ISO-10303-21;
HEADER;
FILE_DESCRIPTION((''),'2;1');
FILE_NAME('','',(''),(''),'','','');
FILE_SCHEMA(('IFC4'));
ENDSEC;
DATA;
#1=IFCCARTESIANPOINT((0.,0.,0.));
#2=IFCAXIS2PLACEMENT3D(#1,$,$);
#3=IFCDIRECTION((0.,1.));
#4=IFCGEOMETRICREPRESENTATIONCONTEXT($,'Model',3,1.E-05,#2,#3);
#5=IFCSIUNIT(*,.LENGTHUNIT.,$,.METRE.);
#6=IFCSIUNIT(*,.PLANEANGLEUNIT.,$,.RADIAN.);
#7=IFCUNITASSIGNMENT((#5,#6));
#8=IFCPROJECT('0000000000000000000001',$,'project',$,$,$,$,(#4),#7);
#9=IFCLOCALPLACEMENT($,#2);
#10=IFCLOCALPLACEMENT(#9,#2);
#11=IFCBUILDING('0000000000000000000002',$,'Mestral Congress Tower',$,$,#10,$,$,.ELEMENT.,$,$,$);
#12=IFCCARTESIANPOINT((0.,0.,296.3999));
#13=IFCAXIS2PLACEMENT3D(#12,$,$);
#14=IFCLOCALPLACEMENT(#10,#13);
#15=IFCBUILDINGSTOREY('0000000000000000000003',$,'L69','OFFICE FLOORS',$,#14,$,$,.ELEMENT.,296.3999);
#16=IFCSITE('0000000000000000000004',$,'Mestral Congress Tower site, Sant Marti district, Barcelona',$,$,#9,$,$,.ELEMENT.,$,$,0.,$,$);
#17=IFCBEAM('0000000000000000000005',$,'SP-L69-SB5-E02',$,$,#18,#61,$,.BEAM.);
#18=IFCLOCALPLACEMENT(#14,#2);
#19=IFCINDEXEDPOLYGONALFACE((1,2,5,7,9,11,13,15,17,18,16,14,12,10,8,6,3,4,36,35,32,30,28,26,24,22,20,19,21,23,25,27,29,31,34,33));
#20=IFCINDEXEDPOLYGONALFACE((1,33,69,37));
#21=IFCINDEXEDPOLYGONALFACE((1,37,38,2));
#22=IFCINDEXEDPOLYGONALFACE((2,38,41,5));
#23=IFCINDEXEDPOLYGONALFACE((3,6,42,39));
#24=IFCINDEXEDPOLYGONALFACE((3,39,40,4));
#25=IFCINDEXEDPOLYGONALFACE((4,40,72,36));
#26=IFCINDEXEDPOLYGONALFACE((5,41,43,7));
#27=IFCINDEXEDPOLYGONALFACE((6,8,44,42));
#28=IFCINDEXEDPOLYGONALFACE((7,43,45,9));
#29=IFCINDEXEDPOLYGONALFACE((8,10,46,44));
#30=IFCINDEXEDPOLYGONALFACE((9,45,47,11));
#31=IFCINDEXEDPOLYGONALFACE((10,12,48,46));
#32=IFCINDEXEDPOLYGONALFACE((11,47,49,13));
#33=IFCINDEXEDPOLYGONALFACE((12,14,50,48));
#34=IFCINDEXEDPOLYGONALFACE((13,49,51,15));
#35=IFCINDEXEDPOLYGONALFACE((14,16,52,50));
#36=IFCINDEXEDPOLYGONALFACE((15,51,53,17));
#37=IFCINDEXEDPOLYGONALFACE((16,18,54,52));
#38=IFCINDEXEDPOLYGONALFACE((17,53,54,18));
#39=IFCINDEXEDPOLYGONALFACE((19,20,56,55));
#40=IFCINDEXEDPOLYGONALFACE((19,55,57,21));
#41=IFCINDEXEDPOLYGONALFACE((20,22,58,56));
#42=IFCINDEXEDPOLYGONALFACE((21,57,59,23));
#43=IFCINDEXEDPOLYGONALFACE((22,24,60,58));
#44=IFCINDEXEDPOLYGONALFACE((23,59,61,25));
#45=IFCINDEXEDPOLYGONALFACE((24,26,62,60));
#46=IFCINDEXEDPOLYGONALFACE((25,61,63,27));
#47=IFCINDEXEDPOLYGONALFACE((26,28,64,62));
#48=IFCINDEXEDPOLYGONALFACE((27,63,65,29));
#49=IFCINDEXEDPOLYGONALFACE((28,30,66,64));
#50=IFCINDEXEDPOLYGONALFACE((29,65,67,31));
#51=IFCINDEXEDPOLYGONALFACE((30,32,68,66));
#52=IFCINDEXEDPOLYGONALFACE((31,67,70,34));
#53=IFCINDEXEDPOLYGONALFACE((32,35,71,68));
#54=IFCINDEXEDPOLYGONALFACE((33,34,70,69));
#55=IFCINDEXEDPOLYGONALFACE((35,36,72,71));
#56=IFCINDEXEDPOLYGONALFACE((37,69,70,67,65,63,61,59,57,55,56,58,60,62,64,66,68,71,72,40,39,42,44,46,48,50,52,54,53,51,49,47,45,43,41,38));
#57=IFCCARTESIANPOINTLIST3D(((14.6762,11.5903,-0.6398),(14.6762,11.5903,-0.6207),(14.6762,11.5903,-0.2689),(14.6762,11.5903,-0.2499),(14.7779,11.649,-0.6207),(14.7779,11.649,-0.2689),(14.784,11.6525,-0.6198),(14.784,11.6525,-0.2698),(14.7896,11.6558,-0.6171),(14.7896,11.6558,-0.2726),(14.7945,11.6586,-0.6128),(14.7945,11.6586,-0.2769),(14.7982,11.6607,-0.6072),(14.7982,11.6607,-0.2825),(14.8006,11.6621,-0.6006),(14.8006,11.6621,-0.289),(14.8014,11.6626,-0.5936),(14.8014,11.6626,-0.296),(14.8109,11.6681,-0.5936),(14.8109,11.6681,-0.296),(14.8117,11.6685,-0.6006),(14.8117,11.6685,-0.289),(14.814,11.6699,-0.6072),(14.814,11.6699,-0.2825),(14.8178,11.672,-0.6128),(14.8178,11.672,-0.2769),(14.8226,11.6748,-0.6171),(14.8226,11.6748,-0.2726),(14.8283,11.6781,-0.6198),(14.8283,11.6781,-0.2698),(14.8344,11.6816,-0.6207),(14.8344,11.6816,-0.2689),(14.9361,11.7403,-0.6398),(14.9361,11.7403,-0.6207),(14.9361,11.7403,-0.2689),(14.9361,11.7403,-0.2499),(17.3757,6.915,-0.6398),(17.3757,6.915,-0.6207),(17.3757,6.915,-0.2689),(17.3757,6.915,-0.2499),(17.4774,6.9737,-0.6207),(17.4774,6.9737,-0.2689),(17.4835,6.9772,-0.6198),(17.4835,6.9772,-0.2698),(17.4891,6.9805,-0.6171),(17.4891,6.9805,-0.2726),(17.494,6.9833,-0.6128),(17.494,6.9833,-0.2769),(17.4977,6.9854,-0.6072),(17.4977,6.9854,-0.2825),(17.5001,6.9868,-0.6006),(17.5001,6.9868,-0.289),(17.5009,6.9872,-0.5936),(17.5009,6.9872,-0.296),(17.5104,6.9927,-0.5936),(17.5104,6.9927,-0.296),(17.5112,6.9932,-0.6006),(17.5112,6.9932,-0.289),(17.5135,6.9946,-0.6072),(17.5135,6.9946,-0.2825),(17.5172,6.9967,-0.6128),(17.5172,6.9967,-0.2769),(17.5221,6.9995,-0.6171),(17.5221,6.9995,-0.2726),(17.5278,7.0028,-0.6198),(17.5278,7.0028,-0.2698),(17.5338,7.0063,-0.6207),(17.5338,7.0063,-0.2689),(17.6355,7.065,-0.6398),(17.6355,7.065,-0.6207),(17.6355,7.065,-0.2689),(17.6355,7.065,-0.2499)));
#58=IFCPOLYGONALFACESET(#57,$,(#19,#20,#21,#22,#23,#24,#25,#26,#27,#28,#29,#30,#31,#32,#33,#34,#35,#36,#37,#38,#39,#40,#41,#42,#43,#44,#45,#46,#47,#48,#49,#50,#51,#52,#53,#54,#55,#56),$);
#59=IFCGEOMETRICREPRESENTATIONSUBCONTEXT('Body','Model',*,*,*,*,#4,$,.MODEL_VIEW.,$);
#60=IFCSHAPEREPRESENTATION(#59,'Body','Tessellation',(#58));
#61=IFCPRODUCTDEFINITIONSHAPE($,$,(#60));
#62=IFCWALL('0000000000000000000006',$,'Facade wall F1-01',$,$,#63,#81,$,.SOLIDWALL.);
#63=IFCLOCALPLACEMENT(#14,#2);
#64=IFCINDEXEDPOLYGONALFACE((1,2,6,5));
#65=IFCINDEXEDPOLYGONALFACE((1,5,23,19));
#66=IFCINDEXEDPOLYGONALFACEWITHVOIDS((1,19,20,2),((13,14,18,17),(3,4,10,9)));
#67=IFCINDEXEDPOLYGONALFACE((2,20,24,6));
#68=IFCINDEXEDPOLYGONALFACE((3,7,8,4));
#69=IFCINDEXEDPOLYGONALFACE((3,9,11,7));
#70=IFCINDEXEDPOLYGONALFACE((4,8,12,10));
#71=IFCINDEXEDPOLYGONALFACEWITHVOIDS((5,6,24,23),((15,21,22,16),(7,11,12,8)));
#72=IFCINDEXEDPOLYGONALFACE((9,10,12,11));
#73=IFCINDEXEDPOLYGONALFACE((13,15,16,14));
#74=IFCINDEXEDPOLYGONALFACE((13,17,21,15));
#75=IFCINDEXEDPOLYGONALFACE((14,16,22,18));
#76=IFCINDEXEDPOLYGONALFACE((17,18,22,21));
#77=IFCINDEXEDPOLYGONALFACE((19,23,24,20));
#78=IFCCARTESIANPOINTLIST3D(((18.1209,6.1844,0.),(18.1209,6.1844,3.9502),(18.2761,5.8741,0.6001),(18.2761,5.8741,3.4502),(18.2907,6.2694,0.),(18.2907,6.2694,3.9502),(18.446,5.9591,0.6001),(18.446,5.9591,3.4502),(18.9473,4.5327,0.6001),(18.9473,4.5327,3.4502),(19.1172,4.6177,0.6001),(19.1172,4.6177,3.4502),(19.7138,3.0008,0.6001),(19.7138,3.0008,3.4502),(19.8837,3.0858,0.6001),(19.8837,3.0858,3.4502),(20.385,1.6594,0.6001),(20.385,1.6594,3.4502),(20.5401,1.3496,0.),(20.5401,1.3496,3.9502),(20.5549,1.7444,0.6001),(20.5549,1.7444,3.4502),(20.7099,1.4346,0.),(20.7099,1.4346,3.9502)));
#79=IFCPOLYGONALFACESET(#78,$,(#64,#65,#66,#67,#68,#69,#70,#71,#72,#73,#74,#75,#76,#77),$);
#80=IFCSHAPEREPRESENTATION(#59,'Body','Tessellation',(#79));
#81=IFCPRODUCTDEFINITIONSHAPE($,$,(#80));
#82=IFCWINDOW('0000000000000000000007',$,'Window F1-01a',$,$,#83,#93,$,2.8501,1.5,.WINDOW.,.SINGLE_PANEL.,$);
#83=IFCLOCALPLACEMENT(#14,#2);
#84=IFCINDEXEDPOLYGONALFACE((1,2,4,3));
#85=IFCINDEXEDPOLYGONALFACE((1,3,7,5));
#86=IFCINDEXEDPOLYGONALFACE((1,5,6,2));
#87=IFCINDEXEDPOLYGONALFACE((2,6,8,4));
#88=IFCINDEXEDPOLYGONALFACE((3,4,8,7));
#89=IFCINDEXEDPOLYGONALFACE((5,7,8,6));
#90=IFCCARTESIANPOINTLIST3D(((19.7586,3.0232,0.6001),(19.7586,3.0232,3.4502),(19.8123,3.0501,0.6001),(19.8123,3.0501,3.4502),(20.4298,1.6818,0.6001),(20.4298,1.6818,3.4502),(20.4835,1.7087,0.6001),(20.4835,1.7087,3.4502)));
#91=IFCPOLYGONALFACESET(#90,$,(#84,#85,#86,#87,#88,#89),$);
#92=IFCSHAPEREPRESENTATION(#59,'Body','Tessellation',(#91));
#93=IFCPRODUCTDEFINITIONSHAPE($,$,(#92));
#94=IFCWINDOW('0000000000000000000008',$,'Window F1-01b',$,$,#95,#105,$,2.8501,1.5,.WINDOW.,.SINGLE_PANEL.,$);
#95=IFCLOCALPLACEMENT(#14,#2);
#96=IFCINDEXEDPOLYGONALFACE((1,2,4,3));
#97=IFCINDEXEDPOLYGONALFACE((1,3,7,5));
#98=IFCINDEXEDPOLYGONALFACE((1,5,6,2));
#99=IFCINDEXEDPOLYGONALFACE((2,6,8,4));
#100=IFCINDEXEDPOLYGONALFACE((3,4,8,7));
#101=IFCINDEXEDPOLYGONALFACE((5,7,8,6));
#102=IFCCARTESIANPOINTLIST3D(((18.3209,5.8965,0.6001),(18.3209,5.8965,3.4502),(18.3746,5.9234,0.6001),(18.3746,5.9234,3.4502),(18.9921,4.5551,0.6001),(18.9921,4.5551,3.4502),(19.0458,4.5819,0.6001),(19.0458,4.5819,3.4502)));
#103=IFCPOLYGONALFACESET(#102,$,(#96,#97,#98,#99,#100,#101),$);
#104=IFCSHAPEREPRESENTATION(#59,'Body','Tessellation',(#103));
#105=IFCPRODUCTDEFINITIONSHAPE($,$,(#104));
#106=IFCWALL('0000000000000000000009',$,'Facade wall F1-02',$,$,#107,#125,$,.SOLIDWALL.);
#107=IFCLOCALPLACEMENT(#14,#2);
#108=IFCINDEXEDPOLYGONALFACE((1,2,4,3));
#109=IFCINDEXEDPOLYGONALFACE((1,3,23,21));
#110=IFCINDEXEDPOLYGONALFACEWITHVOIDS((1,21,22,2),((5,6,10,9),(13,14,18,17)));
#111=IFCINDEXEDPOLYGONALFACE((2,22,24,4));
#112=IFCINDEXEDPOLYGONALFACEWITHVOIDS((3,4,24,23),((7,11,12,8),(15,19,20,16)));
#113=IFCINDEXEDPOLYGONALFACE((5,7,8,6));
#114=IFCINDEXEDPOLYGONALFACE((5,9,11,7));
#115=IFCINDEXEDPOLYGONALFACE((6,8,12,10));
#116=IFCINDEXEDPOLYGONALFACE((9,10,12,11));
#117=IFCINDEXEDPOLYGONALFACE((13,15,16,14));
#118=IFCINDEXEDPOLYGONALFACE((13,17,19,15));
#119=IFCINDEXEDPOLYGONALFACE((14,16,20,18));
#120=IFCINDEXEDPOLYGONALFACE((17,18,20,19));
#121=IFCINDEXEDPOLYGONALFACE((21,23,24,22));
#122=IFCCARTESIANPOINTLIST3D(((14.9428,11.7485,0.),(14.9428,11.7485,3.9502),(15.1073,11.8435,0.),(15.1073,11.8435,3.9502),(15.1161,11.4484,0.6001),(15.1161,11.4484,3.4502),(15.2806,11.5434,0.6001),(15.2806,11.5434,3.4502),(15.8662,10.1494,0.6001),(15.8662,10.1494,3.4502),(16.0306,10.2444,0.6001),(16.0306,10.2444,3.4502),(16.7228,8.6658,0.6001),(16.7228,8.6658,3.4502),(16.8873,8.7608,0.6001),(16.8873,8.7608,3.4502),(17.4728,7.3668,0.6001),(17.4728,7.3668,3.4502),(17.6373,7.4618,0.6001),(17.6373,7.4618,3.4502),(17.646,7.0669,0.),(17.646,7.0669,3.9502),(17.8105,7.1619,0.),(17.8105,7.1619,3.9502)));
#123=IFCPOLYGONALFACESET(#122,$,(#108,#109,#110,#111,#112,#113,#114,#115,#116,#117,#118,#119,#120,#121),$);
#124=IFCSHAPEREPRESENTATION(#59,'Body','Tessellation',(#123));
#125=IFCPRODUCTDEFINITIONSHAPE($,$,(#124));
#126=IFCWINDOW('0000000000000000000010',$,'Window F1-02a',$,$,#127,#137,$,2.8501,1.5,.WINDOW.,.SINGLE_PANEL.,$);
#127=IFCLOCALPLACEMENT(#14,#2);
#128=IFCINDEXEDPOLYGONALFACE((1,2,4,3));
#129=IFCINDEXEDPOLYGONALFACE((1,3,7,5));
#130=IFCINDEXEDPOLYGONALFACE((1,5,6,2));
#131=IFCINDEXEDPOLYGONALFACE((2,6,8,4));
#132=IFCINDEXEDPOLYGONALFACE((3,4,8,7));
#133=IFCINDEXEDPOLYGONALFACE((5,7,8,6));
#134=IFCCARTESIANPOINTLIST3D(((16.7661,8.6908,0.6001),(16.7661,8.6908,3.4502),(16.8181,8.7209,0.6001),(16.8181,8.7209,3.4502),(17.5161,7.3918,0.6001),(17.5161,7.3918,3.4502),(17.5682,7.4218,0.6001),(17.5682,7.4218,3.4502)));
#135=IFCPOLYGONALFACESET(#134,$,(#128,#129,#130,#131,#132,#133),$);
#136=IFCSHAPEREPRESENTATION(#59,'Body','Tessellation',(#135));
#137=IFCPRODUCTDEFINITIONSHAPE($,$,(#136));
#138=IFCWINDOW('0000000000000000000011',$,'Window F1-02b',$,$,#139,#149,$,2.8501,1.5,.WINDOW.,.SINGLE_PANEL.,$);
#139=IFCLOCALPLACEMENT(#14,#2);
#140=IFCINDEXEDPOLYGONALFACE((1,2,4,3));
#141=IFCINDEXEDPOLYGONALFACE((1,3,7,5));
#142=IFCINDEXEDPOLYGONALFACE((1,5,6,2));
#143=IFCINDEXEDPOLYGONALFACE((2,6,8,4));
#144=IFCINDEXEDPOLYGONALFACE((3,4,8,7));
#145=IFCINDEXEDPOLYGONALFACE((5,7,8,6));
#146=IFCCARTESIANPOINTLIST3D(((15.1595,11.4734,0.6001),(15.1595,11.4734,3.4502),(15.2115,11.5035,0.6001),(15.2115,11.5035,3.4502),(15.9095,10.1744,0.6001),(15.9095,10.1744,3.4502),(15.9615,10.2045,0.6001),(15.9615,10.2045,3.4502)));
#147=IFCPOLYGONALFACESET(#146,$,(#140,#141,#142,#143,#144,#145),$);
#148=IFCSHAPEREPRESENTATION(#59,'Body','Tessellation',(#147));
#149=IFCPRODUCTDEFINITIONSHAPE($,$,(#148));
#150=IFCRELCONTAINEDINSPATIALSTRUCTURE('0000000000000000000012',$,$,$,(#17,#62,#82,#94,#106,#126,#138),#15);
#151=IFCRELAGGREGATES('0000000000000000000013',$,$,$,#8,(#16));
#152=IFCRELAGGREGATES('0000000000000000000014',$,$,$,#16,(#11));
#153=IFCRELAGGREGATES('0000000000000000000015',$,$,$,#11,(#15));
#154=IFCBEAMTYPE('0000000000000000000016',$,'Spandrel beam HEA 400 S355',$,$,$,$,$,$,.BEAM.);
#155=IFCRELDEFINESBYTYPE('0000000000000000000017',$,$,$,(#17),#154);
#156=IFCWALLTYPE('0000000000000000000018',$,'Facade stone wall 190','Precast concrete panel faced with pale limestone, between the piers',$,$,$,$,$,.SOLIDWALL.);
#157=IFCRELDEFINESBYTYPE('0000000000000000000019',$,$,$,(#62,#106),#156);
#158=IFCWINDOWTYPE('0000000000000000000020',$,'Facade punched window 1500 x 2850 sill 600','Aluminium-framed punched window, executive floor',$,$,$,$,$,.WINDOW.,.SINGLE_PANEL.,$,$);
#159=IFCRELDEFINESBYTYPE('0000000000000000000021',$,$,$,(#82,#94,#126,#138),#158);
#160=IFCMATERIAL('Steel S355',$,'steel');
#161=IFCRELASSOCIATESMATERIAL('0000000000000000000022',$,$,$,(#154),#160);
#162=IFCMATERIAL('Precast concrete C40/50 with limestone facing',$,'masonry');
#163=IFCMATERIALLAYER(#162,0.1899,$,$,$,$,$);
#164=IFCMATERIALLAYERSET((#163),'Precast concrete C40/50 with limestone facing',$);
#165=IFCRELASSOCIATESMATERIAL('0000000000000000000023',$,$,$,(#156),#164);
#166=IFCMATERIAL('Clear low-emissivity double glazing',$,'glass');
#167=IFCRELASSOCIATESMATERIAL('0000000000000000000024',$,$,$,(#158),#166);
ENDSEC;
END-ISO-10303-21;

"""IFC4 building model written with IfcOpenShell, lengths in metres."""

from ifc_helpers import new_model, si_unit, direction, frame, frame_2d, origin, origin_2d, place, context, subcontext, project, spatial, rectangle, i_section, extrude, material, layer, layer_set, material_profile, profile_set, type_object, element, fill, save


model = new_model("IFC4")

# Units and contexts
model_context = context("Model", 3, precision=1e-05, world=origin(), true_north=direction((0.0, 1.0)))
body_context = subcontext(model_context, "Body", "Model", "MODEL_VIEW")
ifc_project = project(units=[si_unit("LENGTHUNIT", "METRE"), si_unit("PLANEANGLEUNIT", "RADIAN")], contexts=[model_context])

# Site, building, storey
site_placement = place(None, origin())
site = spatial("IfcSite", under=ifc_project, at=site_placement, Name="Mestral Congress Tower site, Sant Marti district, Barcelona", CompositionType="ELEMENT", RefElevation=0.0)
building_placement = place(site_placement, origin())
building = spatial("IfcBuilding", under=site, at=building_placement, Name="Mestral Congress Tower", CompositionType="ELEMENT")
storey_placement = place(building_placement, frame((0.0, 0.0, 296.3999)))
storey = spatial("IfcBuildingStorey", under=building, at=storey_placement, Name="L69", Description="OFFICE FLOORS", CompositionType="ELEMENT", Elevation=296.3999)

# Beam
ifc_material_1 = material(Name="Steel S355", Category="steel")
ifc_material_profile_1 = material_profile(ifc_material_1, i_section(OverallWidth=0.3, OverallDepth=0.3899, WebThickness=0.011, FlangeThickness=0.019, FilletRadius=0.0271, at=origin_2d()), Name="HEA 400")
ifc_profile_set_1 = profile_set([ifc_material_profile_1], Name="Steel S355")
beam_type_1 = type_object("IfcBeamType", Name="Spandrel beam HEA 400 S355", PredefinedType="BEAM", material=ifc_profile_set_1)
beam_1_placement = place(storey_placement, frame((17.5056, 6.99, -0.4448), z_axis=(-0.500025, 0.866011, 0.0), x_axis=(-0.866011, -0.500025, 0.0)))
element("IfcBeam", 1, at=beam_1_placement, inside=storey, type_object=beam_type_1, Name="SP-L69-SB5-E02", PredefinedType="BEAM", context=body_context, shape_type="SweptSolid", body=[
    extrude(i_section(OverallWidth=0.3, OverallDepth=0.3899, WebThickness=0.011, FlangeThickness=0.019, FilletRadius=0.0271, at=origin_2d()), origin(), (0.0, 0.0, 1.0), 5.3987),
])

# Walls, openings, windows
ifc_material_2 = material(Name="Precast concrete C40/50 with limestone facing", Category="masonry")
ifc_layer_1 = layer(ifc_material_2, 0.1899)
ifc_layer_set_1 = layer_set([ifc_layer_1], Name="Precast concrete C40/50 with limestone facing")
wall_type_1 = type_object("IfcWallType", Name="Facade stone wall 190", Description="Precast concrete panel faced with pale limestone, between the piers", PredefinedType="SOLIDWALL", material=ifc_layer_set_1)
wall_1_placement = place(storey_placement, frame((20.625, 1.3921, 0.0), z_axis=(0.0, 0.0, 1.0), x_axis=(-0.447485, 0.894292, 0.0)))
wall_1 = element("IfcWall", 2, at=wall_1_placement, inside=storey, type_object=wall_type_1, Name="Facade wall F1-01", PredefinedType="SOLIDWALL", context=body_context, shape_type="SweptSolid", body=[
    extrude(rectangle(XDim=5.4062, YDim=0.1899, at=frame_2d((2.7031, 0.0))), origin(), (0.0, 0.0, 1.0), 3.9502),
])
opening_1_placement = place(wall_1_placement, frame((0.3464, 0.0, 0.6001)))
opening_1 = element("IfcOpeningElement", 3, at=opening_1_placement, cuts=wall_1, PredefinedType="OPENING", context=body_context, shape_type="SweptSolid", body=[
    extrude(rectangle(XDim=1.5, YDim=2.8501, at=frame_2d((0.75, 1.425))), frame((0.0, 0.105, 0.0), z_axis=(0.0, -1.0, 0.0), x_axis=(1.0, 0.0, 0.0)), (0.0, 0.0, 1.0), 0.21),
])
opening_2_placement = place(wall_1_placement, frame((3.5593, 0.0, 0.6001)))
opening_2 = element("IfcOpeningElement", 4, at=opening_2_placement, cuts=wall_1, PredefinedType="OPENING", context=body_context, shape_type="SweptSolid", body=[
    extrude(rectangle(XDim=1.5, YDim=2.8501, at=frame_2d((0.75, 1.425))), frame((0.0, 0.105, 0.0), z_axis=(0.0, -1.0, 0.0), x_axis=(1.0, 0.0, 0.0)), (0.0, 0.0, 1.0), 0.21),
])
ifc_material_3 = material(Name="Clear low-emissivity double glazing", Category="glass")
window_type = type_object("IfcWindowType", Name="Facade punched window 1500 x 2850 sill 600", Description="Aluminium-framed punched window, executive floor", PartitioningType="SINGLE_PANEL", PredefinedType="WINDOW", material=ifc_material_3)
window_1_placement = place(opening_1_placement, origin())
window_1 = element("IfcWindow", 5, at=window_1_placement, inside=storey, type_object=window_type, Name="Window F1-01a", OverallHeight=2.8501, OverallWidth=1.5, PartitioningType="SINGLE_PANEL", PredefinedType="WINDOW", context=body_context, shape_type="SweptSolid", body=[
    extrude(rectangle(XDim=1.5, YDim=2.8501, at=frame_2d((0.75, 1.425))), frame((0.0, 0.0449, 0.0), z_axis=(0.0, -1.0, 0.0), x_axis=(1.0, 0.0, 0.0)), (0.0, 0.0, 1.0), 0.0601),
])
fill(opening_1, window_1)
window_2_placement = place(opening_2_placement, origin())
window_2 = element("IfcWindow", 6, at=window_2_placement, inside=storey, type_object=window_type, Name="Window F1-01b", OverallHeight=2.8501, OverallWidth=1.5, PartitioningType="SINGLE_PANEL", PredefinedType="WINDOW", context=body_context, shape_type="SweptSolid", body=[
    extrude(rectangle(XDim=1.5, YDim=2.8501, at=frame_2d((0.75, 1.425))), frame((0.0, 0.0449, 0.0), z_axis=(0.0, -1.0, 0.0), x_axis=(1.0, 0.0, 0.0)), (0.0, 0.0, 1.0), 0.0601),
])
fill(opening_2, window_2)
wall_2_placement = place(storey_placement, frame((17.7283, 7.1143, 0.0), z_axis=(0.0, 0.0, 1.0), x_axis=(-0.500025, 0.866011, 0.0)))
wall_2 = element("IfcWall", 7, at=wall_2_placement, inside=storey, type_object=wall_type_1, Name="Facade wall F1-02", PredefinedType="SOLIDWALL", context=body_context, shape_type="SweptSolid", body=[
    extrude(rectangle(XDim=5.406, YDim=0.1899, at=frame_2d((2.7031, 0.0))), origin(), (0.0, 0.0, 1.0), 3.9502),
])
opening_3_placement = place(wall_2_placement, frame((0.3464, 0.0, 0.6001)))
opening_3 = element("IfcOpeningElement", 8, at=opening_3_placement, cuts=wall_2, PredefinedType="OPENING", context=body_context, shape_type="SweptSolid", body=[
    extrude(rectangle(XDim=1.5, YDim=2.8501, at=frame_2d((0.75, 1.425))), frame((0.0, 0.105, 0.0), z_axis=(0.0, -1.0, 0.0), x_axis=(1.0, 0.0, 0.0)), (0.0, 0.0, 1.0), 0.21),
])
opening_4_placement = place(wall_2_placement, frame((3.5596, 0.0, 0.6001)))
opening_4 = element("IfcOpeningElement", 9, at=opening_4_placement, cuts=wall_2, PredefinedType="OPENING", context=body_context, shape_type="SweptSolid", body=[
    extrude(rectangle(XDim=1.5, YDim=2.8501, at=frame_2d((0.75, 1.425))), frame((0.0, 0.105, 0.0), z_axis=(0.0, -1.0, 0.0), x_axis=(1.0, 0.0, 0.0)), (0.0, 0.0, 1.0), 0.21),
])
window_3_placement = place(opening_3_placement, origin())
window_3 = element("IfcWindow", 10, at=window_3_placement, inside=storey, type_object=window_type, Name="Window F1-02a", OverallHeight=2.8501, OverallWidth=1.5, PartitioningType="SINGLE_PANEL", PredefinedType="WINDOW", context=body_context, shape_type="SweptSolid", body=[
    extrude(rectangle(XDim=1.5, YDim=2.8501, at=frame_2d((0.75, 1.425))), frame((0.0, 0.0449, 0.0), z_axis=(0.0, -1.0, 0.0), x_axis=(1.0, 0.0, 0.0)), (0.0, 0.0, 1.0), 0.0601),
])
fill(opening_3, window_3)
window_4_placement = place(opening_4_placement, origin())
window_4 = element("IfcWindow", 11, at=window_4_placement, inside=storey, type_object=window_type, Name="Window F1-02b", OverallHeight=2.8501, OverallWidth=1.5, PartitioningType="SINGLE_PANEL", PredefinedType="WINDOW", context=body_context, shape_type="SweptSolid", body=[
    extrude(rectangle(XDim=1.5, YDim=2.8501, at=frame_2d((0.75, 1.425))), frame((0.0, 0.0449, 0.0), z_axis=(0.0, -1.0, 0.0), x_axis=(1.0, 0.0, 0.0)), (0.0, 0.0, 1.0), 0.0601),
])
fill(opening_4, window_4)

save(model, "model.ifc")
